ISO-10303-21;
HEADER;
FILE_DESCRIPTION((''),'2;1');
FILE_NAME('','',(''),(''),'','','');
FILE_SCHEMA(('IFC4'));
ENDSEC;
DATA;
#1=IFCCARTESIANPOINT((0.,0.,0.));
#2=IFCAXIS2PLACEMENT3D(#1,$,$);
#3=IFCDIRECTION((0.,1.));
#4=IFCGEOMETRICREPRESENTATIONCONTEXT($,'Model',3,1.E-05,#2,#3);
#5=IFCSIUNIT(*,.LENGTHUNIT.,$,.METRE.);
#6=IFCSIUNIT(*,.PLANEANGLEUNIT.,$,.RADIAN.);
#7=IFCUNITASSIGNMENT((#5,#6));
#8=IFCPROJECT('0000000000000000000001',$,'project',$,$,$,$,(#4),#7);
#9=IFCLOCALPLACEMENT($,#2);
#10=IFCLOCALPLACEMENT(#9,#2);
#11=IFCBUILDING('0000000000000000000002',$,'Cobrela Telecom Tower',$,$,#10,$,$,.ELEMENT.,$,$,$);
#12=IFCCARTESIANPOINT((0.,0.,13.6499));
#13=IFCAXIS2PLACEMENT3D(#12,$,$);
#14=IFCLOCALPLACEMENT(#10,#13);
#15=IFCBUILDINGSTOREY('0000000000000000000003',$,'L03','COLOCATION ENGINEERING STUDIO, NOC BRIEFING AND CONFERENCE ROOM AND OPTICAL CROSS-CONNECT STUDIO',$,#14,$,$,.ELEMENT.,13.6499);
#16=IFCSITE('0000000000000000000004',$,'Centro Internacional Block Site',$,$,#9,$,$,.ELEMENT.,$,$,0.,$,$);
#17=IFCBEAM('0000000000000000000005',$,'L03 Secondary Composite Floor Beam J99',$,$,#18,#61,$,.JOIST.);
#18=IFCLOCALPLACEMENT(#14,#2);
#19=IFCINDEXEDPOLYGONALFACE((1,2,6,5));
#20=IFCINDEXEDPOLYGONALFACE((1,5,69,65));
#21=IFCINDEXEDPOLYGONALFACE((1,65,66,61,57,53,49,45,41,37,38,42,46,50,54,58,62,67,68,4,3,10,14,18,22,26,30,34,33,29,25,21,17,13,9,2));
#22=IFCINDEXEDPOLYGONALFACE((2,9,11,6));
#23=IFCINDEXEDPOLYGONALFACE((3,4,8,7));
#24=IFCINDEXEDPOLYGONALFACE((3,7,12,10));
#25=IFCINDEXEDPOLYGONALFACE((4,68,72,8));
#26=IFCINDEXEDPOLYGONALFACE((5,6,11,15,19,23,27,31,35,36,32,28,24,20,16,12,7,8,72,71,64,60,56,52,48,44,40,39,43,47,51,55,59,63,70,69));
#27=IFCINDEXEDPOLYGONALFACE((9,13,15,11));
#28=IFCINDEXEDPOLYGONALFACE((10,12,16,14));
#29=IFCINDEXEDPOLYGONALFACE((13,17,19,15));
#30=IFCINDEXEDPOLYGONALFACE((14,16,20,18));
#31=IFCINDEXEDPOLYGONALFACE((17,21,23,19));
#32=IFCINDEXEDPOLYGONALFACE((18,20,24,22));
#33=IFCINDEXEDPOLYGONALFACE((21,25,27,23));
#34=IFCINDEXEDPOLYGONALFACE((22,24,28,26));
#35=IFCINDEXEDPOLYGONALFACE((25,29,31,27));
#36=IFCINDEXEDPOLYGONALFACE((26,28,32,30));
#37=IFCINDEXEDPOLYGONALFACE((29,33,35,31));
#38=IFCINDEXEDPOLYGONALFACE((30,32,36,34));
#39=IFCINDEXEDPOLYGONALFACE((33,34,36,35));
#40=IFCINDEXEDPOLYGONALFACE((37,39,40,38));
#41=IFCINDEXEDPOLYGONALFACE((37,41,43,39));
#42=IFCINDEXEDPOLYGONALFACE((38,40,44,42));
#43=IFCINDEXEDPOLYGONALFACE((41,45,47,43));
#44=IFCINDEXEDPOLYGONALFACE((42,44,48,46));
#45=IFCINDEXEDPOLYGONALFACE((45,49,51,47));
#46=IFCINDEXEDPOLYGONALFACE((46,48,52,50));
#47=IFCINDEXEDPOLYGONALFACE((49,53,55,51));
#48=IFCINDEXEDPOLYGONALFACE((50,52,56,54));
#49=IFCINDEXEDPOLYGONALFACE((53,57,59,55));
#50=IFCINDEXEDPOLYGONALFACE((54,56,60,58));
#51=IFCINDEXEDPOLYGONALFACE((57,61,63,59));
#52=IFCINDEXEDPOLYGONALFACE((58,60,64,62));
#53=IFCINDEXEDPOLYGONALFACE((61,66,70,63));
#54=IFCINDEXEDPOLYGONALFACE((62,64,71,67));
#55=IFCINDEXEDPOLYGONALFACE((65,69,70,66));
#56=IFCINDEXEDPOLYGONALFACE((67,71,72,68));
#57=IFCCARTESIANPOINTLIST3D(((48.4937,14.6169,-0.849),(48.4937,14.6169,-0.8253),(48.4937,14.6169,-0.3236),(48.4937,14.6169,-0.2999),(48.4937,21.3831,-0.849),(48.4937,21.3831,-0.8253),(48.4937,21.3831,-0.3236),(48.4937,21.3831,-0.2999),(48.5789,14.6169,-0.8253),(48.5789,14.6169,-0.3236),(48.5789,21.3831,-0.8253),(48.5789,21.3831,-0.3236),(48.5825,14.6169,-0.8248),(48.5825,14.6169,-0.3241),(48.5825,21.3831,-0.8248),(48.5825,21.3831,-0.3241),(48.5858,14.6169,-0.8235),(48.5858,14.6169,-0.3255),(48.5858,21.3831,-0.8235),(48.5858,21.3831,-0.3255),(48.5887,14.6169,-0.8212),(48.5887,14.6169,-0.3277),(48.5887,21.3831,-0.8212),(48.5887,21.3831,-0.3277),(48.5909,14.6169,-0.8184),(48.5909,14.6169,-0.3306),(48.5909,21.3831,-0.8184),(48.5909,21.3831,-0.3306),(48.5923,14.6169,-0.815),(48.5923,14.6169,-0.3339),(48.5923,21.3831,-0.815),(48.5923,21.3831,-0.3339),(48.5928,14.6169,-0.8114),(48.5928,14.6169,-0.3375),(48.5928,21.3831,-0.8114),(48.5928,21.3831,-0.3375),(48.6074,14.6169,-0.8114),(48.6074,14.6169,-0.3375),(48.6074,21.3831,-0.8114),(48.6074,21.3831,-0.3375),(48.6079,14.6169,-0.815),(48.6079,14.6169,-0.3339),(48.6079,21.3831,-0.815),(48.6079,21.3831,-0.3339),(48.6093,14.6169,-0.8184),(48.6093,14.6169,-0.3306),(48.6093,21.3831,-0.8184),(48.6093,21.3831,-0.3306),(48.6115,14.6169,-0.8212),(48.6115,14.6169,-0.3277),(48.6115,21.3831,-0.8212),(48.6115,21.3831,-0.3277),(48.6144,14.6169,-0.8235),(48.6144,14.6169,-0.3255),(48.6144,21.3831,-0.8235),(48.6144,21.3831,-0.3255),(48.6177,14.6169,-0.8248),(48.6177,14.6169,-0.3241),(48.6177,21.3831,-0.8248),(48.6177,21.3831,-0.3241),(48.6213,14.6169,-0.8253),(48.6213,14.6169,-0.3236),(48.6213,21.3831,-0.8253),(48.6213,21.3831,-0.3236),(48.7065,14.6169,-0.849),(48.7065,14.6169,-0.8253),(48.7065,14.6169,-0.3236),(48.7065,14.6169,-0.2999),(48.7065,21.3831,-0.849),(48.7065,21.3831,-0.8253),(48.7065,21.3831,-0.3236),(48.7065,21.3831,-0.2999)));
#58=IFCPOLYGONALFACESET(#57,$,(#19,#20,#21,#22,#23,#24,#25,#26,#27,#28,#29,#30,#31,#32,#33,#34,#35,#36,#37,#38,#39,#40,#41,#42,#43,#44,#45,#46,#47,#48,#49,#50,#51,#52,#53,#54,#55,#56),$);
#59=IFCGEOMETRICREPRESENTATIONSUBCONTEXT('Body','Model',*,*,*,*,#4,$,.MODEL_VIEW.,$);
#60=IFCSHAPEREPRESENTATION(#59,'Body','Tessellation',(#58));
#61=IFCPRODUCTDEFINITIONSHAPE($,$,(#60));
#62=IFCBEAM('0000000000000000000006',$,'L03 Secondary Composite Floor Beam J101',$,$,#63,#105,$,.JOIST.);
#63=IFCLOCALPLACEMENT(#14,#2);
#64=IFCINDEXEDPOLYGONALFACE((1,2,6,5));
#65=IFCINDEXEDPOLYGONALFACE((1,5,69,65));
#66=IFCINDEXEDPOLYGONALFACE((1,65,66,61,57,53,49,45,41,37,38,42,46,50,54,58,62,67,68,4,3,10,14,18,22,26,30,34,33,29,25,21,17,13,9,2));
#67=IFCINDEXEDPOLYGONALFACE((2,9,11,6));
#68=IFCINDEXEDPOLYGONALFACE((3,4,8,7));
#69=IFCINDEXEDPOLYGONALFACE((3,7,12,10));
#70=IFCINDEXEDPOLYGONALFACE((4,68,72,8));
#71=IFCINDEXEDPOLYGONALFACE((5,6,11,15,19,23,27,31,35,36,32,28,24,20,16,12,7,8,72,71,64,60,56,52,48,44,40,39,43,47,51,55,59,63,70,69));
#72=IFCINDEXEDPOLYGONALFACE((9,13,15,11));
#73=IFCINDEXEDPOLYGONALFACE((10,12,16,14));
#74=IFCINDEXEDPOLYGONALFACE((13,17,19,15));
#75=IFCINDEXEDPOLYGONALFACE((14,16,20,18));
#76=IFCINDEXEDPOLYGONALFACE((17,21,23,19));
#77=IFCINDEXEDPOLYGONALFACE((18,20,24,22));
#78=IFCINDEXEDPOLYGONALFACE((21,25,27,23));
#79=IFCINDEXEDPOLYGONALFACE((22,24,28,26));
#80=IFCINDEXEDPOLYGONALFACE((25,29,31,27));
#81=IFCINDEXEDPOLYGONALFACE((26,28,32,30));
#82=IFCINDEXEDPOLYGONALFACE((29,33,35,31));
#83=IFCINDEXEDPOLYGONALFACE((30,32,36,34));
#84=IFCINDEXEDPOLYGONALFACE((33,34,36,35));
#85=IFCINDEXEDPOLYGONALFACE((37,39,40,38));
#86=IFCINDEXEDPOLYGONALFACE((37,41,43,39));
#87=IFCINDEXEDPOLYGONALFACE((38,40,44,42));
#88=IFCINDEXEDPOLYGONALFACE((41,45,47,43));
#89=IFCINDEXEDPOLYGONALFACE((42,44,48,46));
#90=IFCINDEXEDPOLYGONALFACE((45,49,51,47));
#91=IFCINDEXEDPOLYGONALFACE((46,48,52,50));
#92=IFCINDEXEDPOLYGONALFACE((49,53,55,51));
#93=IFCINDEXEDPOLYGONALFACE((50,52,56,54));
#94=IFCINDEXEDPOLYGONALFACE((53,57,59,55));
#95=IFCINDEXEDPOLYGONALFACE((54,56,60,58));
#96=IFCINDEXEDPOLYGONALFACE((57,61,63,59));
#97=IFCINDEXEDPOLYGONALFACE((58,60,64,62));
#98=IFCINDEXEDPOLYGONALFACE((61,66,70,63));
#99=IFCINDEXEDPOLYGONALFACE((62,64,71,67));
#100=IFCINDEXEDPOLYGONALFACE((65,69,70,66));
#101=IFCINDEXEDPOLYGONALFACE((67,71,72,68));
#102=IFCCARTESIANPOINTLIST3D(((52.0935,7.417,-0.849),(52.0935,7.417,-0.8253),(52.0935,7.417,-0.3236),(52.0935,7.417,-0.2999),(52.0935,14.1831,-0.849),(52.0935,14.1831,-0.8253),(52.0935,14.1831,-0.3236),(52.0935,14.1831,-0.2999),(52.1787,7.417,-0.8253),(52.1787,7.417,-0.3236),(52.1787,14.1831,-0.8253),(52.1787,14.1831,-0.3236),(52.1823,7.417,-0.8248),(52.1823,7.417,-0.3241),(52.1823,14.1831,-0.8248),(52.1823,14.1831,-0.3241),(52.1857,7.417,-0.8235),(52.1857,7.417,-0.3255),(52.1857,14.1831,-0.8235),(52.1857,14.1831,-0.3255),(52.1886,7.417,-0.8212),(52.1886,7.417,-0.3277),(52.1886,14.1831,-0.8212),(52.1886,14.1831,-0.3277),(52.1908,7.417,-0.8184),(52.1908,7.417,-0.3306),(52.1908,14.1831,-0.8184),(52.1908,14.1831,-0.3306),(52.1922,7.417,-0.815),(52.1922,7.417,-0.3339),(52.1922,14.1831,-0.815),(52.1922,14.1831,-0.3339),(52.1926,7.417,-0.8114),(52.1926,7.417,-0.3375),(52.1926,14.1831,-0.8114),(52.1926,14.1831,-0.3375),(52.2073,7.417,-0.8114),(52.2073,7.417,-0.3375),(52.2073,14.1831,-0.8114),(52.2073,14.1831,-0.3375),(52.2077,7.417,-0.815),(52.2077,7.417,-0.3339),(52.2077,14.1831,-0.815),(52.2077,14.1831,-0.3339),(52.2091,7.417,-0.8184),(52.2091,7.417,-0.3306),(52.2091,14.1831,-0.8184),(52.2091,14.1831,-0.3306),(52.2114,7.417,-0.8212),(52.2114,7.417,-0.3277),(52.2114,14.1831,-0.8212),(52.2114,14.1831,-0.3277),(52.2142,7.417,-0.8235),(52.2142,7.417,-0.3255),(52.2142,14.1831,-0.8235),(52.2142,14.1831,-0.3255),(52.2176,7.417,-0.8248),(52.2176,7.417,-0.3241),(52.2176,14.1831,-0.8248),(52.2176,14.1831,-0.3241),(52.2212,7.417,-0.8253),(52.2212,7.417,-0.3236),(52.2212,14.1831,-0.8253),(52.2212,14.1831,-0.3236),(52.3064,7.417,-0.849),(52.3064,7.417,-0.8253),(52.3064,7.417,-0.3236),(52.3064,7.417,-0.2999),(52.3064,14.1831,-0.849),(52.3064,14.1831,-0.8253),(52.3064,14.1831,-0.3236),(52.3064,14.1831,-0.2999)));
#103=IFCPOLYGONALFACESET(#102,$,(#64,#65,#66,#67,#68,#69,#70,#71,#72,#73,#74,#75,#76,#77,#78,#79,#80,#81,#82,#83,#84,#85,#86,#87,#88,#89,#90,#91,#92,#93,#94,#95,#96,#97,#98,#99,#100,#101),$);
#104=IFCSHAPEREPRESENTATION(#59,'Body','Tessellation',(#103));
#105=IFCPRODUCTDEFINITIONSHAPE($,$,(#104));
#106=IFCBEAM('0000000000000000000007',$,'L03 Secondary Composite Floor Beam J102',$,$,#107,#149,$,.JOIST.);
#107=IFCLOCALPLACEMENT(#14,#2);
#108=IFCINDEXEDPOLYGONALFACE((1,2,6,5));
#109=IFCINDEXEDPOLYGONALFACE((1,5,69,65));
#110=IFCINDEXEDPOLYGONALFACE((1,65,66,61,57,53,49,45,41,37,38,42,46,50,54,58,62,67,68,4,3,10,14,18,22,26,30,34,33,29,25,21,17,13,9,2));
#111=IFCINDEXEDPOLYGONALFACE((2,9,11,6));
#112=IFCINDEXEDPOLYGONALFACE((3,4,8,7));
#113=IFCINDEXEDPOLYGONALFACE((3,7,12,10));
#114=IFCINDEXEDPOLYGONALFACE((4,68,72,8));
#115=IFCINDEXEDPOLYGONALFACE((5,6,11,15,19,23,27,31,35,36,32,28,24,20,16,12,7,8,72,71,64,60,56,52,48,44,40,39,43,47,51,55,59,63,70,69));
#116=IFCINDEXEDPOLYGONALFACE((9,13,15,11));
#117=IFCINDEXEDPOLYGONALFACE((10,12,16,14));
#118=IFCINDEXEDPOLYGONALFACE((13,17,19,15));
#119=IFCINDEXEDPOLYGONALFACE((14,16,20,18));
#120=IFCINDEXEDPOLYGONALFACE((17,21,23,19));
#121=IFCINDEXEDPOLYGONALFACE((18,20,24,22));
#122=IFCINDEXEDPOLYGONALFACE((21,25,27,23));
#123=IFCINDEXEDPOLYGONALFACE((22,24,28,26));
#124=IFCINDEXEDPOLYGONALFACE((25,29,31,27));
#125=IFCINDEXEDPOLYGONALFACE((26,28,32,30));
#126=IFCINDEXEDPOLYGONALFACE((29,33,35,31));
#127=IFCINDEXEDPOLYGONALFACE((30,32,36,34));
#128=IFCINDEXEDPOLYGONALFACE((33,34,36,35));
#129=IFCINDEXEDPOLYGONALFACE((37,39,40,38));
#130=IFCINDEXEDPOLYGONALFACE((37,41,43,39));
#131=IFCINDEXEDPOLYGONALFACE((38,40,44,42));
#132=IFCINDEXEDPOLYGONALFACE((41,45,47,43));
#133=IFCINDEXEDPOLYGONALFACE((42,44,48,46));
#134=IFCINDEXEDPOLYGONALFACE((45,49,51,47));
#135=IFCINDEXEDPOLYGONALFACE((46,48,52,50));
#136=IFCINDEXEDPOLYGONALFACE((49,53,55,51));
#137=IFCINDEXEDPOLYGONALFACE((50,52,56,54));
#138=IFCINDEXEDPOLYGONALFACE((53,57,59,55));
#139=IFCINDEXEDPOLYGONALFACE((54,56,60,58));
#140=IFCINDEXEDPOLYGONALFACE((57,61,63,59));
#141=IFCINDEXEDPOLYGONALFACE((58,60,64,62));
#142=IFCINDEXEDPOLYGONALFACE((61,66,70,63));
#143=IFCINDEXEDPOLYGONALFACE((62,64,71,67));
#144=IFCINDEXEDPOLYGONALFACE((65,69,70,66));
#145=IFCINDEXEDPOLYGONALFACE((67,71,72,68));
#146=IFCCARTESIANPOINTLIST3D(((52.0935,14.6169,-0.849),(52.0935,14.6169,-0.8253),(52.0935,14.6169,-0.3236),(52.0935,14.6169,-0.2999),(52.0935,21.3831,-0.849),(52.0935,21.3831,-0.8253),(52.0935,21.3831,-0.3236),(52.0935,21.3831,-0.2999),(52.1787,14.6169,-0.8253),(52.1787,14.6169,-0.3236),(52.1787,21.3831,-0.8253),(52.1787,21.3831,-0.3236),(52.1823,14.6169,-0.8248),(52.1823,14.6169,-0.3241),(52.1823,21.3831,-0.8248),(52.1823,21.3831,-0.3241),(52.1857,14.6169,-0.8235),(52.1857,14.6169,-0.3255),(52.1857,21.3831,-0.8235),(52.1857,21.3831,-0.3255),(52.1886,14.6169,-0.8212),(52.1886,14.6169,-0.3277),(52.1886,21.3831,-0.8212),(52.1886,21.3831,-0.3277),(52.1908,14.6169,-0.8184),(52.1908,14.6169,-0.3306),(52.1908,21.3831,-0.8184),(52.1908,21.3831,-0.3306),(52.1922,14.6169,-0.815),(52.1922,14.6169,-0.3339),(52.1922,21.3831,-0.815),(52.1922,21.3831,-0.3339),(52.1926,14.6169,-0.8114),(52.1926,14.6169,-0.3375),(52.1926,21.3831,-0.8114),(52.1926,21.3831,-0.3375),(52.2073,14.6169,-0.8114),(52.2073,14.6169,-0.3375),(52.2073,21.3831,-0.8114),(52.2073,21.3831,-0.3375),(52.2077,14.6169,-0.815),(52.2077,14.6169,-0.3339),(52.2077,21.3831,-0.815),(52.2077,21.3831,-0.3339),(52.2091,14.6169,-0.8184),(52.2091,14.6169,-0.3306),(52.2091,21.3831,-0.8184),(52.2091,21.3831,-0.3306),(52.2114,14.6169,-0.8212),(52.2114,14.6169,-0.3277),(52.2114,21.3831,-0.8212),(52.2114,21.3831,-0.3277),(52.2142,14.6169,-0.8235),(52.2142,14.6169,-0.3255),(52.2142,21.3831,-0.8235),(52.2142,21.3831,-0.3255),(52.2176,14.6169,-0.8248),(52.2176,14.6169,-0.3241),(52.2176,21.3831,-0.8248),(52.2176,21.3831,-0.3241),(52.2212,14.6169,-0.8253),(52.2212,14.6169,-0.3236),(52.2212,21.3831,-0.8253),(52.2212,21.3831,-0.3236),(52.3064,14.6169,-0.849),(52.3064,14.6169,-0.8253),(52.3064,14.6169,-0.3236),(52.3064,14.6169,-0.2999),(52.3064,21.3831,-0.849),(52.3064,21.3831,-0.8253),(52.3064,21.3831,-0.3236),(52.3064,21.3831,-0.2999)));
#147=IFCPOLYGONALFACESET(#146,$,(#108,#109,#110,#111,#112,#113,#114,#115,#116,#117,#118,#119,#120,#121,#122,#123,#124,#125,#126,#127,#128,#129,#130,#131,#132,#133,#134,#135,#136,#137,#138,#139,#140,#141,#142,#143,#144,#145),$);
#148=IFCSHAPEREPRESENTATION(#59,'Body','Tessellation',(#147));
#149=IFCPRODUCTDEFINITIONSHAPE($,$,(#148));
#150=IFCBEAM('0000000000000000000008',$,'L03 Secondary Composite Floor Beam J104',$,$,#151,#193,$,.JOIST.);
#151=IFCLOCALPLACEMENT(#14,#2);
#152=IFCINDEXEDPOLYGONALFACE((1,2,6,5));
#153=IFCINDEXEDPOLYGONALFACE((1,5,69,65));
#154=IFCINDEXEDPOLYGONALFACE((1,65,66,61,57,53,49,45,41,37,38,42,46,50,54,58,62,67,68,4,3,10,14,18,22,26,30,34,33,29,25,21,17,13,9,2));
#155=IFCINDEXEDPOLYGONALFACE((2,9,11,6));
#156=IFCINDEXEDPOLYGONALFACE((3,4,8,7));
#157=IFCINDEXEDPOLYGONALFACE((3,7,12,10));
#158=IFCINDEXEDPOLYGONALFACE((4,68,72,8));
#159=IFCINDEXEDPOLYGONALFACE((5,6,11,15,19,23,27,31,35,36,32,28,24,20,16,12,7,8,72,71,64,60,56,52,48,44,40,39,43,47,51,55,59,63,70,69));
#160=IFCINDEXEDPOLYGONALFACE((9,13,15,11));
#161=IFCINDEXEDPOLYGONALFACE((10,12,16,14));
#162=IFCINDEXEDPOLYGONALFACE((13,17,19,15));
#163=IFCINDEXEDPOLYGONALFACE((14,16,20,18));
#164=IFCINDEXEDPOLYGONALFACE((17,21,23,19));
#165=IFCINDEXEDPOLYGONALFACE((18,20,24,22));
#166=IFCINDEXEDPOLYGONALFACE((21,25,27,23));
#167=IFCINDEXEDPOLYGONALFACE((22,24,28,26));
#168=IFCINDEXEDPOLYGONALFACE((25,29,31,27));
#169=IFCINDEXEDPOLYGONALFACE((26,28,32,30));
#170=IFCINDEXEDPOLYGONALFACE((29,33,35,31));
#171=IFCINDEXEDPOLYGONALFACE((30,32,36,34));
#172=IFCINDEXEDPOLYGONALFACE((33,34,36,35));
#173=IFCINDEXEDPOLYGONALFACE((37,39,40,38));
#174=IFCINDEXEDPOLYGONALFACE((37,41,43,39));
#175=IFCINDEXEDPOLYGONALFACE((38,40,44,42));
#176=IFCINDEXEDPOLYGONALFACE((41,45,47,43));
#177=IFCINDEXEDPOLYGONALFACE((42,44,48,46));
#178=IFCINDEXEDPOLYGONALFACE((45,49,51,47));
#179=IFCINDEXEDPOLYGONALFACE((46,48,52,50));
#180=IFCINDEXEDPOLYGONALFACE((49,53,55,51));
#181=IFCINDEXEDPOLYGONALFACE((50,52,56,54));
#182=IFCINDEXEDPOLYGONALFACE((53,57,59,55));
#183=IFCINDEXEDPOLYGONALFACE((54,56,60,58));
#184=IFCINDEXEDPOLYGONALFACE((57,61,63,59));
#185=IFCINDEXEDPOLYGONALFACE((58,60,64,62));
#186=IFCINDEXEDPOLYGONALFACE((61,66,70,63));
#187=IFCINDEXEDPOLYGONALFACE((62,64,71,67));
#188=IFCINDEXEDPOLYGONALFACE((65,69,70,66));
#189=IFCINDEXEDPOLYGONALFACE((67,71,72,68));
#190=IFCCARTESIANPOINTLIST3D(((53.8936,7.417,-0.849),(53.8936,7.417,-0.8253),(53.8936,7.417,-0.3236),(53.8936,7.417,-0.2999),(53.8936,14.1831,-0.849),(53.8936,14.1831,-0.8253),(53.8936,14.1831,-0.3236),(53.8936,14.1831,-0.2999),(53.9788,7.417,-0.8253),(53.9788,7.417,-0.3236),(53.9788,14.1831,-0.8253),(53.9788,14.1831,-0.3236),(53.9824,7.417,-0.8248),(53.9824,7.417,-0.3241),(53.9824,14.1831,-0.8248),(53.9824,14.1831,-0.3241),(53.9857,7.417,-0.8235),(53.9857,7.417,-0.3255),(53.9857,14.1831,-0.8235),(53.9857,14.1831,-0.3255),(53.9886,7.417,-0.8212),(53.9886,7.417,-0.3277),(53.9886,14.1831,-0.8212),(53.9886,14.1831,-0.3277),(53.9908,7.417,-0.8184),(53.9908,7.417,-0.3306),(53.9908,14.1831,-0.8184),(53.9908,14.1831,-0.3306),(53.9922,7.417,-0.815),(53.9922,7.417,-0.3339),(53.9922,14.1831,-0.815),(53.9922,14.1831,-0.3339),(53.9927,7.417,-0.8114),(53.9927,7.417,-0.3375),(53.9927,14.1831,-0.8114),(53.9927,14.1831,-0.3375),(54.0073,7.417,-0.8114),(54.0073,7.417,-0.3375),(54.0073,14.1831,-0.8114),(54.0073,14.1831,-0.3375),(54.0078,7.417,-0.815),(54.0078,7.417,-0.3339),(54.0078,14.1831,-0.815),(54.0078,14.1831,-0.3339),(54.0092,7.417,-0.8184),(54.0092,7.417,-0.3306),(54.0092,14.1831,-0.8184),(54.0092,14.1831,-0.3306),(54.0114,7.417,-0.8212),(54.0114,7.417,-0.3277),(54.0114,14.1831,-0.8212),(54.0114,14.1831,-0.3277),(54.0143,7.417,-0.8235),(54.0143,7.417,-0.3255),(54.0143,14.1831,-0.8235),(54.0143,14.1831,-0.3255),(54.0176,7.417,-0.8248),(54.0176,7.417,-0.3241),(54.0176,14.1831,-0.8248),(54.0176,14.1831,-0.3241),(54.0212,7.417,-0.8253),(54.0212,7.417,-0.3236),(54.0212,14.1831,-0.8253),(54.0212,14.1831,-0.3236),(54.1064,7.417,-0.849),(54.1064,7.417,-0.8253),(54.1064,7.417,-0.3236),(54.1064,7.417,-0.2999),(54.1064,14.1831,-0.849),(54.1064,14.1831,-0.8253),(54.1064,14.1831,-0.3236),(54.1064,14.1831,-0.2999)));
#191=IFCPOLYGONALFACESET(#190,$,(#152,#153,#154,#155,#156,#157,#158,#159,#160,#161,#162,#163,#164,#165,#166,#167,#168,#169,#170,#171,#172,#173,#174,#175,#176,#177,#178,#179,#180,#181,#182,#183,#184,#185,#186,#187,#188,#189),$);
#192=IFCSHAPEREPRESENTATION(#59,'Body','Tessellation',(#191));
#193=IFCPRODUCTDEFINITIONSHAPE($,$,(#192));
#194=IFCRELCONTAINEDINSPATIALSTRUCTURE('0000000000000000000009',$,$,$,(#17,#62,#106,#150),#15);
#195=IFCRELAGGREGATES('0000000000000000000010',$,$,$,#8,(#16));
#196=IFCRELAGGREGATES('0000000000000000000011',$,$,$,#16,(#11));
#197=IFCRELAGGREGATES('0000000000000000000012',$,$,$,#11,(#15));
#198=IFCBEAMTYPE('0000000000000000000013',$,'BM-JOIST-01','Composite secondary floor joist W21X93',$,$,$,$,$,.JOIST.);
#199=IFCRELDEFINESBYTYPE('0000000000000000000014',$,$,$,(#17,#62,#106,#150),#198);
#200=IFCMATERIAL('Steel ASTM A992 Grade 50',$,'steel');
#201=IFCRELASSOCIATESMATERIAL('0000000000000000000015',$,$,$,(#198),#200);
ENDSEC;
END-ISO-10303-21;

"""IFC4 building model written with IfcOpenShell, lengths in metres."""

from ifc_helpers import new_model, si_unit, direction, frame, origin, origin_2d, place, context, subcontext, project, spatial, i_section, extrude, material, material_profile, profile_set, type_object, element, save


model = new_model("IFC4")

# Units and contexts
model_context = context("Model", 3, precision=1e-05, world=origin(), true_north=direction((0.0, 1.0)))
body_context = subcontext(model_context, "Body", "Model", "MODEL_VIEW")
ifc_project = project(units=[si_unit("LENGTHUNIT", "METRE"), si_unit("PLANEANGLEUNIT", "RADIAN")], contexts=[model_context])

# Site, building, storey
site_placement = place(None, origin())
site = spatial("IfcSite", under=ifc_project, at=site_placement, Name="Centro Internacional Block Site", CompositionType="ELEMENT", RefElevation=0.0)
building_placement = place(site_placement, origin())
building = spatial("IfcBuilding", under=site, at=building_placement, Name="Cobrela Telecom Tower", CompositionType="ELEMENT")
storey_placement = place(building_placement, frame((0.0, 0.0, 13.6499)))
storey = spatial("IfcBuildingStorey", under=building, at=storey_placement, Name="L03", Description="COLOCATION ENGINEERING STUDIO, NOC BRIEFING AND CONFERENCE ROOM AND OPTICAL CROSS-CONNECT STUDIO", CompositionType="ELEMENT", Elevation=13.6499)

# Beams
ifc_material_1 = material(Name="Steel ASTM A992 Grade 50", Category="steel")
ifc_material_profile_1 = material_profile(ifc_material_1, i_section(OverallWidth=0.2129, OverallDepth=0.5491, WebThickness=0.0146, FlangeThickness=0.0237, FilletRadius=0.0139, at=origin_2d()), Name="W21X93")
ifc_profile_set_1 = profile_set([ifc_material_profile_1], Name="Steel ASTM A992 Grade 50")
beam_type_1 = type_object("IfcBeamType", Name="BM-JOIST-01", Description="Composite secondary floor joist W21X93", PredefinedType="JOIST", material=ifc_profile_set_1)
for number, where, z_axis, x_axis, name in (
    (1, (48.6001, 14.6169, -0.5745), (0.0, 1.0, 0.0), (-1.0, 0.0, 0.0), "L03 Secondary Composite Floor Beam J99"),
    (2, (52.2, 7.417, -0.5745), (0.0, 1.0, 0.0), (-1.0, 0.0, 0.0), "L03 Secondary Composite Floor Beam J101"),
    (3, (52.2, 14.6169, -0.5745), (0.0, 1.0, 0.0), (-1.0, 0.0, 0.0), "L03 Secondary Composite Floor Beam J102"),
    (4, (54.0, 7.417, -0.5745), (0.0, 1.0, 0.0), (-1.0, 0.0, 0.0), "L03 Secondary Composite Floor Beam J104"),
):
    element("IfcBeam", number, at=place(storey_placement, frame(where, z_axis=z_axis, x_axis=x_axis)), inside=storey, type_object=beam_type_1, Name=name, PredefinedType="JOIST", context=body_context, shape_type="SweptSolid", body=[
        extrude(i_section(OverallWidth=0.2129, OverallDepth=0.5491, WebThickness=0.0146, FlangeThickness=0.0237, FilletRadius=0.0139, at=origin_2d()), origin(), (0.0, 0.0, 1.0), 6.7661),
    ])

save(model, "model.ifc")
